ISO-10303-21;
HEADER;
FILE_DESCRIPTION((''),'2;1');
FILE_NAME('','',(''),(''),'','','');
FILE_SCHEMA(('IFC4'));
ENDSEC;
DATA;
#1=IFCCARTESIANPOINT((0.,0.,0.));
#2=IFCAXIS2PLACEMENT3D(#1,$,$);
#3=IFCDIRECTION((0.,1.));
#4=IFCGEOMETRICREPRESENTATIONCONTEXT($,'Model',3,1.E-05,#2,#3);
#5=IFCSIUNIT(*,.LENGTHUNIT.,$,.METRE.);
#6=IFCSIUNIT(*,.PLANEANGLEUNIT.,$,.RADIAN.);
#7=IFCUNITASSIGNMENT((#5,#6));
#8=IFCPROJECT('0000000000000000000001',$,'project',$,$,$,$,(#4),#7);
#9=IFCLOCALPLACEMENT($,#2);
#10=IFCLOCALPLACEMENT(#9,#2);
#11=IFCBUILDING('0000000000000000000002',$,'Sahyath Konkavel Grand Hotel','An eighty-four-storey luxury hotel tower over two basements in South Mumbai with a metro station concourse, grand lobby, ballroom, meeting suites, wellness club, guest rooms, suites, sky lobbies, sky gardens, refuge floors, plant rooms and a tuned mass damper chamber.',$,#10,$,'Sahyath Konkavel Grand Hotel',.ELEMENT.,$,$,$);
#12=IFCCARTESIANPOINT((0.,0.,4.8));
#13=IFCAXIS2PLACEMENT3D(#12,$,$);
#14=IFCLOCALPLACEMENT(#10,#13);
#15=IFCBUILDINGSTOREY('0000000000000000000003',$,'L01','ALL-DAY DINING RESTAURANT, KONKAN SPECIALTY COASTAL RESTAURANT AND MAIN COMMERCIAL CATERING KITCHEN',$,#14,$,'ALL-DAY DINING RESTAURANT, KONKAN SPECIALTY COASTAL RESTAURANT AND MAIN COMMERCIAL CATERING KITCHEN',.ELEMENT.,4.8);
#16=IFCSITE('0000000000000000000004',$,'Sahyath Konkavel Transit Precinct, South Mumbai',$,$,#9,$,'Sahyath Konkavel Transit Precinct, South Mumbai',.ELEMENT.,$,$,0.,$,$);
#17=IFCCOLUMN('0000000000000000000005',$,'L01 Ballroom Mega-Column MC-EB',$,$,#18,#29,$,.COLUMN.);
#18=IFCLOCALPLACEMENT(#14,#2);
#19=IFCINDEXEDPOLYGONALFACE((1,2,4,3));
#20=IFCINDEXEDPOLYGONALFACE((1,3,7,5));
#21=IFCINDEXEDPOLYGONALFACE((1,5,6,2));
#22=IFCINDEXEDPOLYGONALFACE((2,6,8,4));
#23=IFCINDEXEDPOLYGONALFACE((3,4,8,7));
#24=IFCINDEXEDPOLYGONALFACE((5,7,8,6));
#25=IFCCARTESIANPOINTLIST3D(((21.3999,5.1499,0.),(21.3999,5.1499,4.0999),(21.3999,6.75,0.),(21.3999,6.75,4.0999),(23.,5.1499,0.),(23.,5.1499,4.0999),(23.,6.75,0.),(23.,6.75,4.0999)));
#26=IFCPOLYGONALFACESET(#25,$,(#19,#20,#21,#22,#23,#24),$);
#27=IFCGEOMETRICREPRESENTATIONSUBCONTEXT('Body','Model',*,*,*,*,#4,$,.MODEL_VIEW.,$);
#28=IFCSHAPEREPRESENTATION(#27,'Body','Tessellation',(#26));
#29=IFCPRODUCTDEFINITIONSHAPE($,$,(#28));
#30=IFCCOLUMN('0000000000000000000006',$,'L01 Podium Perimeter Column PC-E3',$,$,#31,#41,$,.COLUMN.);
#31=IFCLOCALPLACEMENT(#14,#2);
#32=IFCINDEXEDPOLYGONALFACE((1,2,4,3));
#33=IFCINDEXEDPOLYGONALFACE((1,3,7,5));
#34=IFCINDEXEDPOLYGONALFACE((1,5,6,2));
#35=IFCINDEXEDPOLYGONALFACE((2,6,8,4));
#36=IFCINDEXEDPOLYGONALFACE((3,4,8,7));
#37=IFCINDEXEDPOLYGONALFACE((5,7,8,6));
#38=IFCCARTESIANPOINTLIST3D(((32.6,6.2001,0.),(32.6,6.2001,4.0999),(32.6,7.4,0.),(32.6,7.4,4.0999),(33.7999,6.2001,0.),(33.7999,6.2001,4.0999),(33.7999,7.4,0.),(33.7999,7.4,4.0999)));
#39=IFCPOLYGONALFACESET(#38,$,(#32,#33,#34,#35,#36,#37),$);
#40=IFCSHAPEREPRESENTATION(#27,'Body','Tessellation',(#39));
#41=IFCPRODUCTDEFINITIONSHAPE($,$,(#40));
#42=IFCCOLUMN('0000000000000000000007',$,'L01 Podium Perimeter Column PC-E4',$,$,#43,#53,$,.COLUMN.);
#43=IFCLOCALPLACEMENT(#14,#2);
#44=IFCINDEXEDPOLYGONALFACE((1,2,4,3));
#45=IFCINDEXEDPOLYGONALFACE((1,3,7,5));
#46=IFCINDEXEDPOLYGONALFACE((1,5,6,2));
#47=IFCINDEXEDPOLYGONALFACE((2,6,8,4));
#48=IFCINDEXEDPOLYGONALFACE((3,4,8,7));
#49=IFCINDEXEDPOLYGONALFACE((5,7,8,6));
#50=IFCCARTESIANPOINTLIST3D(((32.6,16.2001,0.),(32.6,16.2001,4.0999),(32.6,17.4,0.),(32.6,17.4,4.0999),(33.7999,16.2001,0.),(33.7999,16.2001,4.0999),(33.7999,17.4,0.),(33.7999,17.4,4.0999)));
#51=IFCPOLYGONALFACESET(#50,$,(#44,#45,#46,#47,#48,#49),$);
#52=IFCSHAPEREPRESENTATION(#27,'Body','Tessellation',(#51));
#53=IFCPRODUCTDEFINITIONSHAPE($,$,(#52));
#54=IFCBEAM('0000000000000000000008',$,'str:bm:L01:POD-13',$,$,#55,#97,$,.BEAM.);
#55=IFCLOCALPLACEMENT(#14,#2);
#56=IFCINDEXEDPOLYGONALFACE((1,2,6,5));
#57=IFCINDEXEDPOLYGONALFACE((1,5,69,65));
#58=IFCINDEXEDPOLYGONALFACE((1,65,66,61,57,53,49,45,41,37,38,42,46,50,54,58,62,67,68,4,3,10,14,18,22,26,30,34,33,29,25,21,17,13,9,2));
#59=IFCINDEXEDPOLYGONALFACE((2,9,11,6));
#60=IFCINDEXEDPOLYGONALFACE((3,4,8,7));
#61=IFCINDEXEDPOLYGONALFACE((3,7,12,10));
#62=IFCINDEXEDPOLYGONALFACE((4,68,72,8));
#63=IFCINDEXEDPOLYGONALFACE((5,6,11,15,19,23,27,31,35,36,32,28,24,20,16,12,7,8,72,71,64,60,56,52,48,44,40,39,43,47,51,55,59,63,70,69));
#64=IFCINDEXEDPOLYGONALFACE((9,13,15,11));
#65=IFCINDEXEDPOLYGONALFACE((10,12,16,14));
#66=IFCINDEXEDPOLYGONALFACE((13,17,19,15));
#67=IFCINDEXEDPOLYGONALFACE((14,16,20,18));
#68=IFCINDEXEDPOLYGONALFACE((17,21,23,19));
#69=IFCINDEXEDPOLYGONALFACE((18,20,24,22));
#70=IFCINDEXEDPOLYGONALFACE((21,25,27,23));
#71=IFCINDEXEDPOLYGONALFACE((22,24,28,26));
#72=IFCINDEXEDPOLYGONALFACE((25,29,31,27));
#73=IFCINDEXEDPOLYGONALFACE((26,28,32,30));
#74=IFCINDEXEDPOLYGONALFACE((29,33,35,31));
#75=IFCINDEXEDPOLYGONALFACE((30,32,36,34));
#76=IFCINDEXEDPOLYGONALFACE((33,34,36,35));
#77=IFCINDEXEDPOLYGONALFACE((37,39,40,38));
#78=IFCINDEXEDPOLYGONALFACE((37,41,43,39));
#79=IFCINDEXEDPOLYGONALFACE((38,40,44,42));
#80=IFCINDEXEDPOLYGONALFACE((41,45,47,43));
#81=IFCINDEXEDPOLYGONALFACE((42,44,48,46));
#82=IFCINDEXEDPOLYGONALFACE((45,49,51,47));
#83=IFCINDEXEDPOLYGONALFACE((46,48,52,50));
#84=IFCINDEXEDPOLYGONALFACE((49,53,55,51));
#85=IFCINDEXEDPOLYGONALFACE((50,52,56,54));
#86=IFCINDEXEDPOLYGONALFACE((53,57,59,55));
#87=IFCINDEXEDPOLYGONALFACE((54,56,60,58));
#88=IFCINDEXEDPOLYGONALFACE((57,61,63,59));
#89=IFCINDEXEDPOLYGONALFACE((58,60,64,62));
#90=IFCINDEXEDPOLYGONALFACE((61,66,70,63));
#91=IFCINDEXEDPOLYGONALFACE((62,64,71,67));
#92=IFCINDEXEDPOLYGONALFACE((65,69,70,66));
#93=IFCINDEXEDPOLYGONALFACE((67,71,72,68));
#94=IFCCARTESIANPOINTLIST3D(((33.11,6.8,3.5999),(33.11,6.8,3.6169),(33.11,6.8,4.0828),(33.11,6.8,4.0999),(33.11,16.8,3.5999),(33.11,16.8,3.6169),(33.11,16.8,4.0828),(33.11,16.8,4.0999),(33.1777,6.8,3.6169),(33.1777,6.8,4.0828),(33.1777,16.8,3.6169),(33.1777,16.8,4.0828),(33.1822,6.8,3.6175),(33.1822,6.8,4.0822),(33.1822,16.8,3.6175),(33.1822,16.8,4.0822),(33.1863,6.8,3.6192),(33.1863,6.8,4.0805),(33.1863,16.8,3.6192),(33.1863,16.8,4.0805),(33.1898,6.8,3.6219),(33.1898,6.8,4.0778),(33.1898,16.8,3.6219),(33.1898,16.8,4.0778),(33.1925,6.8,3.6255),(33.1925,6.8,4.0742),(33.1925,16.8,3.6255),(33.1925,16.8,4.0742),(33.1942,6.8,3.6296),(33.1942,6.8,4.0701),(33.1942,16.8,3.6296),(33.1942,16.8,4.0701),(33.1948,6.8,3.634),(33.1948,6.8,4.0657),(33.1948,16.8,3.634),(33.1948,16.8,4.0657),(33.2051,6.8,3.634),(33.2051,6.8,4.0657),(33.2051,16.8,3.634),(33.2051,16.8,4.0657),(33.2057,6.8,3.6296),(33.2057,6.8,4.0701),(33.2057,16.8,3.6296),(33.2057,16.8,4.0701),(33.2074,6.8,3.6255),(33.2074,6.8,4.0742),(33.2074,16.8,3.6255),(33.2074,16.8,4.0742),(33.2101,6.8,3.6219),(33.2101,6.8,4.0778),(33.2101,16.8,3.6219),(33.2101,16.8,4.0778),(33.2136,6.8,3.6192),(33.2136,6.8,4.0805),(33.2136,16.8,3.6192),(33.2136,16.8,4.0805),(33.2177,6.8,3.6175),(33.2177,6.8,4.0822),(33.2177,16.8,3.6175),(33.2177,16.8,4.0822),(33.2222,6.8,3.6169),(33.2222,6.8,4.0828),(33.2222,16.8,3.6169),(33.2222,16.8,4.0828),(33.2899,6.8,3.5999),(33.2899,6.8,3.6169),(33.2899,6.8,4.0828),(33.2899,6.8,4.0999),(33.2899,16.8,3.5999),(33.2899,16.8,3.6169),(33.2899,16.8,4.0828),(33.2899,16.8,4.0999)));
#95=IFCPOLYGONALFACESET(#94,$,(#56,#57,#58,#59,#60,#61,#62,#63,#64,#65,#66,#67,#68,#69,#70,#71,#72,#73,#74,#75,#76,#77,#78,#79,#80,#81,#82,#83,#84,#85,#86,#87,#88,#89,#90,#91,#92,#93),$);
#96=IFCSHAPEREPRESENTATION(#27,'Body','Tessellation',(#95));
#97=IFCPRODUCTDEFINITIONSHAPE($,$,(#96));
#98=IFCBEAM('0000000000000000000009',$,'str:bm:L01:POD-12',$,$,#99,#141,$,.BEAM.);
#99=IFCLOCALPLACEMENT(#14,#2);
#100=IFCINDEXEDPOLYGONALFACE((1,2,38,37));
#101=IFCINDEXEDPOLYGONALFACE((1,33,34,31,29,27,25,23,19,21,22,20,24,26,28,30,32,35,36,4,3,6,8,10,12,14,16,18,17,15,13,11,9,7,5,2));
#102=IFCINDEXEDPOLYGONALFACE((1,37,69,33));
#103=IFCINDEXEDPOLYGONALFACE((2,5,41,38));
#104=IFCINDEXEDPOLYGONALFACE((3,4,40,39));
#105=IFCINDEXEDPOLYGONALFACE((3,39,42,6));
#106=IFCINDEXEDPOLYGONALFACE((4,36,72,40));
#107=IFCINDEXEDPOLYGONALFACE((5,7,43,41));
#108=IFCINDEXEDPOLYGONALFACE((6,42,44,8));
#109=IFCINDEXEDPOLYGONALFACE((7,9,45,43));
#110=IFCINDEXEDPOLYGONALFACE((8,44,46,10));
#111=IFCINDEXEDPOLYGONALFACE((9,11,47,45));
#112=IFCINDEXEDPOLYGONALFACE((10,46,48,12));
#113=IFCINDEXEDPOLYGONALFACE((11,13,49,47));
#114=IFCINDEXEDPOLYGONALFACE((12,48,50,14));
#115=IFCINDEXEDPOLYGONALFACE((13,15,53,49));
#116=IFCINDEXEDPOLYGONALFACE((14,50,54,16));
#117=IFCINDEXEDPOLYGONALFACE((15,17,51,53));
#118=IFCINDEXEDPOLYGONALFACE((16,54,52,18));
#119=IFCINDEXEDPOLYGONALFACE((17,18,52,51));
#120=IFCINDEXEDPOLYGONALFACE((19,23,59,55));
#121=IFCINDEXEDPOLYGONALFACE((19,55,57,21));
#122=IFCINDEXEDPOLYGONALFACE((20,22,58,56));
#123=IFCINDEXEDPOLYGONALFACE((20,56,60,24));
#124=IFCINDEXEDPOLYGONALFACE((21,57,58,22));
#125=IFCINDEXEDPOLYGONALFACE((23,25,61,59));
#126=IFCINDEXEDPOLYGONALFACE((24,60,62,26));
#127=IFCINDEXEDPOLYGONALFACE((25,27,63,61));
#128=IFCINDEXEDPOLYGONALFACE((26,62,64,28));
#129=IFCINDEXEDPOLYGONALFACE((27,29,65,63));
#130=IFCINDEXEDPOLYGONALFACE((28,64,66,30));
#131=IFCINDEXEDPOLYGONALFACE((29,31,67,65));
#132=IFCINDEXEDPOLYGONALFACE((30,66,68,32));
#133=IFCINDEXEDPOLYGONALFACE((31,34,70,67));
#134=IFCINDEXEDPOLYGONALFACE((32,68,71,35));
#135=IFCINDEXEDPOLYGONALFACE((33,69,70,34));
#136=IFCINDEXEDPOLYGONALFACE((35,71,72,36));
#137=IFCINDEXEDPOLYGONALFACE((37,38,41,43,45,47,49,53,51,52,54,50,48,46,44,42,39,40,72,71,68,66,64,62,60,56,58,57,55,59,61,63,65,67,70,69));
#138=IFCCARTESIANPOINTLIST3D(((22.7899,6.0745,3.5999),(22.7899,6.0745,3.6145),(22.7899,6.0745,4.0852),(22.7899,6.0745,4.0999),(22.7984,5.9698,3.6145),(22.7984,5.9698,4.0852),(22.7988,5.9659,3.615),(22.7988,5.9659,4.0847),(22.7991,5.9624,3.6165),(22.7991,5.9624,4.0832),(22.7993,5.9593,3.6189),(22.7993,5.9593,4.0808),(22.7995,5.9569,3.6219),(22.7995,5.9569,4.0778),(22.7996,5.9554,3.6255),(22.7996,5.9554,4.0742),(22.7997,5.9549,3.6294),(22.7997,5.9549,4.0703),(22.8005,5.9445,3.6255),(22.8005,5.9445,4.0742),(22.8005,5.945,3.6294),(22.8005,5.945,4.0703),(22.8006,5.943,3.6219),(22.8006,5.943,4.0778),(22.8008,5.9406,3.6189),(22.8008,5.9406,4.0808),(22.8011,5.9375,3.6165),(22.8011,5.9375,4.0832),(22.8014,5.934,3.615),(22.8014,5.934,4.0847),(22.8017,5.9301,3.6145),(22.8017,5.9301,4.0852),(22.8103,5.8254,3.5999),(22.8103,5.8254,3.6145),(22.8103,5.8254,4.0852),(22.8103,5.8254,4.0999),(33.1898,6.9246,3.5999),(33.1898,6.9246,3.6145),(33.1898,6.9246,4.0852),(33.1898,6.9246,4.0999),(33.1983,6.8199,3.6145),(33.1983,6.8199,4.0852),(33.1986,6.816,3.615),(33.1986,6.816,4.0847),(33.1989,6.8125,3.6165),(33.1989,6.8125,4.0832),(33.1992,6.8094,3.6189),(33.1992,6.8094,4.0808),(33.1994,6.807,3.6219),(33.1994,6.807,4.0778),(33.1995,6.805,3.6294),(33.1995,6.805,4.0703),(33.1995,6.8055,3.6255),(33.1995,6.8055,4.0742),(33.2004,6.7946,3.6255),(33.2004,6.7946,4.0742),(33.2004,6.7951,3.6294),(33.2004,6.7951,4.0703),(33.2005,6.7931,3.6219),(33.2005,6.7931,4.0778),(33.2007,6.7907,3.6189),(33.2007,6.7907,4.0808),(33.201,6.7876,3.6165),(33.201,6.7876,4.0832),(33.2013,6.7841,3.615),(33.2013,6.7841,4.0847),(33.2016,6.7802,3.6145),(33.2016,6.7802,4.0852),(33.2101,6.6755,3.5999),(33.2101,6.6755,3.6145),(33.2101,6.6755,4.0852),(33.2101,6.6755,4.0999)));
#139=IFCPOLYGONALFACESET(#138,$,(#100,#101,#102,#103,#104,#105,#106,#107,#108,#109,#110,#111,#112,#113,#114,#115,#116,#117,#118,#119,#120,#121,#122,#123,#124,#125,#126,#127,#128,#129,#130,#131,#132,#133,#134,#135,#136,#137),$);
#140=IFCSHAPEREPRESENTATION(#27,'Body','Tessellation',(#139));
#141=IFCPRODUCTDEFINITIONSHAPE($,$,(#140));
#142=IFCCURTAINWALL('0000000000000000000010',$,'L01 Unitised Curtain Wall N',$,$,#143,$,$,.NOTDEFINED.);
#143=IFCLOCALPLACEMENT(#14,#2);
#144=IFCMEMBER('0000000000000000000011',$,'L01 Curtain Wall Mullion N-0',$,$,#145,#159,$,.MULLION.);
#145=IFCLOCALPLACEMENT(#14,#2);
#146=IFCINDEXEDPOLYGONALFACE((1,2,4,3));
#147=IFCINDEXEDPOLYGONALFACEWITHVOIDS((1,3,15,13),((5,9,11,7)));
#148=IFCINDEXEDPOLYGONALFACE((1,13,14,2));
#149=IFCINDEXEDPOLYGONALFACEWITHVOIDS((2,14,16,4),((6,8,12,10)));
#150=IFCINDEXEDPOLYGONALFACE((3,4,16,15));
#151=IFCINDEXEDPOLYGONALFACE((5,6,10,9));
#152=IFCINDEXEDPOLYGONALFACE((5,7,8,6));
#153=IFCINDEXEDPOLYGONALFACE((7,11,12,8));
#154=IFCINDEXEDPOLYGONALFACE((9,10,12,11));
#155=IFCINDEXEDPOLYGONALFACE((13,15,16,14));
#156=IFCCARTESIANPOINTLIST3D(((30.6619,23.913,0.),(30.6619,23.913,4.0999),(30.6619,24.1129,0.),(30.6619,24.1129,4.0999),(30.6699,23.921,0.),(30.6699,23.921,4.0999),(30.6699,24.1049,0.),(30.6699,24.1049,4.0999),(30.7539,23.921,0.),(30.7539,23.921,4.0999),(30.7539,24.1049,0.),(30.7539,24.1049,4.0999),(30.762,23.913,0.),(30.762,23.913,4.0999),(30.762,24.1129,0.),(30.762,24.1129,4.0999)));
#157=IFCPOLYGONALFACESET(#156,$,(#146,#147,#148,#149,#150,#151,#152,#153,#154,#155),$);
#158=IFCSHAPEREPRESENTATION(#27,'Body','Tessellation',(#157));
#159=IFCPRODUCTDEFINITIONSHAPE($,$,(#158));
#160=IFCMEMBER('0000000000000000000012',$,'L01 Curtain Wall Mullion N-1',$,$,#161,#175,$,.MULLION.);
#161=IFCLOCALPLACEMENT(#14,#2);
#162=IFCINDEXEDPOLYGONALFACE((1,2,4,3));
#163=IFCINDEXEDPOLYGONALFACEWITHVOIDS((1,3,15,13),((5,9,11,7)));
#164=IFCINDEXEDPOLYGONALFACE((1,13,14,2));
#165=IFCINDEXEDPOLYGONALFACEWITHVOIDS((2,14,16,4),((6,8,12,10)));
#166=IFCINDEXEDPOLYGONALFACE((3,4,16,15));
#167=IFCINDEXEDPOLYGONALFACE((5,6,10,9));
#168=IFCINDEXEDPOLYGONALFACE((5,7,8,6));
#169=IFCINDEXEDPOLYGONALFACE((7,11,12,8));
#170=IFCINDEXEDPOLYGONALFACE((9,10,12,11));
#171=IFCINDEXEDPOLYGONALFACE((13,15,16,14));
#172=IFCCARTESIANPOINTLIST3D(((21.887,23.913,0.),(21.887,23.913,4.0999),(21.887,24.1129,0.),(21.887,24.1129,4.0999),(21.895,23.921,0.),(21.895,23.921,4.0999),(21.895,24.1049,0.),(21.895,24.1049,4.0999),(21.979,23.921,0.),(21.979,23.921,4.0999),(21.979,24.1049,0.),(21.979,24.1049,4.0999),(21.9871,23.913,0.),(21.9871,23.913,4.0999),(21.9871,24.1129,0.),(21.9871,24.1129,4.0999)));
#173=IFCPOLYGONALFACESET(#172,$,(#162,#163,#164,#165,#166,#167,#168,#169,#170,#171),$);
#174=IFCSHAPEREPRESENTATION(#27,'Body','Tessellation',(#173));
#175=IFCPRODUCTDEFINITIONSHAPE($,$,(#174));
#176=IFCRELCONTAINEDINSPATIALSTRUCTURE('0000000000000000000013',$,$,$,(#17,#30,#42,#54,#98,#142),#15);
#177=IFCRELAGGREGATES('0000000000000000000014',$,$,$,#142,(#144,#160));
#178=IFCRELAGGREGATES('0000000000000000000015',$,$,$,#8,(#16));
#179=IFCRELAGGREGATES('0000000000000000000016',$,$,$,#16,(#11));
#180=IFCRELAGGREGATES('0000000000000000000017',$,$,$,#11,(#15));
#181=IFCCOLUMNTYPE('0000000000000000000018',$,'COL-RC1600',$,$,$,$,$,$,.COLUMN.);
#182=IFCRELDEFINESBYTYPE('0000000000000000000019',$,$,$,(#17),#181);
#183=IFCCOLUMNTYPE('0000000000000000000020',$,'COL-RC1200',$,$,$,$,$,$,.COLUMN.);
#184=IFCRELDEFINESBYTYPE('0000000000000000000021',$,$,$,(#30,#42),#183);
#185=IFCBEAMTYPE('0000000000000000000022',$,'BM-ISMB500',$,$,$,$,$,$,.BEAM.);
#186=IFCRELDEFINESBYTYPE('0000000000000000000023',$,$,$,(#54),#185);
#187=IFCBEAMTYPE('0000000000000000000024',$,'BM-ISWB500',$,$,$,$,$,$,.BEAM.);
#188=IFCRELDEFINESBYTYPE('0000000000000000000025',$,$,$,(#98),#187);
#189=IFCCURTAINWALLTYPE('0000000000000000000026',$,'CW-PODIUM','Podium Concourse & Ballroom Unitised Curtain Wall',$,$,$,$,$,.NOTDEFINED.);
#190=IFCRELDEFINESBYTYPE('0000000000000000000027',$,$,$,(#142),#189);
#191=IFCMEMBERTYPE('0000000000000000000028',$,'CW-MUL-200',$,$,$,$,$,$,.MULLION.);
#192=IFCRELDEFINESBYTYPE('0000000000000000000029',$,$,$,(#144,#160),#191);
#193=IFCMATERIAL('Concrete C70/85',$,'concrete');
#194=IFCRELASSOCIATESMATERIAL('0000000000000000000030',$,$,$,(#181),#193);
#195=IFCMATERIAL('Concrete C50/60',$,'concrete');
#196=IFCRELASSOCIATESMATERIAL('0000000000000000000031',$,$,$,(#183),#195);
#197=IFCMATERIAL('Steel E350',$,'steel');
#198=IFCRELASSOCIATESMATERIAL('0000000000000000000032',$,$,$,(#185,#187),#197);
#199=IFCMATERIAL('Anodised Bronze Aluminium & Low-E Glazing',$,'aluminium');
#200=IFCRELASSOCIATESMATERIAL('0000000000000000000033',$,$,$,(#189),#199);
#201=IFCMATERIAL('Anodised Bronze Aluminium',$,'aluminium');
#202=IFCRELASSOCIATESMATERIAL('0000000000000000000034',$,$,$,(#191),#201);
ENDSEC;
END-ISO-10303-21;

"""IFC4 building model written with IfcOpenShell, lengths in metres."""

from ifc_helpers import new_model, si_unit, direction, frame, origin, origin_2d, place, context, subcontext, project, spatial, rectangle, hollow_rectangle, i_section, extrude, source, transform, mapped, material, material_profile, profile_set, type_object, element, aggregate, save


model = new_model("IFC4")

# Units and contexts
model_context = context("Model", 3, precision=1e-05, world=origin(), true_north=direction((0.0, 1.0)))
body_context = subcontext(model_context, "Body", "Model", "MODEL_VIEW")
ifc_project = project(units=[si_unit("LENGTHUNIT", "METRE"), si_unit("PLANEANGLEUNIT", "RADIAN")], contexts=[model_context])

# Site, building, storey
site_placement = place(None, origin())
site = spatial("IfcSite", under=ifc_project, at=site_placement, Name="Sahyath Konkavel Transit Precinct, South Mumbai", LongName="Sahyath Konkavel Transit Precinct, South Mumbai", CompositionType="ELEMENT", RefElevation=0.0)
building_placement = place(site_placement, origin())
building = spatial("IfcBuilding", under=site, at=building_placement, Name="Sahyath Konkavel Grand Hotel", Description="An eighty-four-storey luxury hotel tower over two basements in South Mumbai with a metro station concourse, grand lobby, ballroom, meeting suites, wellness club, guest rooms, suites, sky lobbies, sky gardens, refuge floors, plant rooms and a tuned mass damper chamber.", LongName="Sahyath Konkavel Grand Hotel", CompositionType="ELEMENT")
storey_placement = place(building_placement, frame((0.0, 0.0, 4.8)))
storey = spatial("IfcBuildingStorey", under=building, at=storey_placement, Name="L01", Description="ALL-DAY DINING RESTAURANT, KONKAN SPECIALTY COASTAL RESTAURANT AND MAIN COMMERCIAL CATERING KITCHEN", LongName="ALL-DAY DINING RESTAURANT, KONKAN SPECIALTY COASTAL RESTAURANT AND MAIN COMMERCIAL CATERING KITCHEN", CompositionType="ELEMENT", Elevation=4.8)

# Columns
ifc_material_1 = material(Name="Concrete C70/85", Category="concrete")
ifc_material_profile_1 = material_profile(ifc_material_1, rectangle(XDim=1.6001, YDim=1.6001, at=origin_2d()), Name="RC 1600x1600")
ifc_profile_set_1 = profile_set([ifc_material_profile_1], Name="Concrete C70/85")
column_type_1 = type_object("IfcColumnType", Name="COL-RC1600", PredefinedType="COLUMN", material=ifc_profile_set_1)
shared_shape_1 = source(origin(), body_context, "Body", "SweptSolid", [
    extrude(rectangle(XDim=1.6001, YDim=1.6001, at=origin_2d()), origin(), (0.0, 0.0, 1.0), 4.0999),
])
column_placement = place(storey_placement, frame((22.2, 5.95, 0.0), z_axis=(0.0, 0.0, 1.0), x_axis=(1.0, 0.0, 0.0)))
element("IfcColumn", 1, at=column_placement, inside=storey, type_object=column_type_1, Name="L01 Ballroom Mega-Column MC-EB", PredefinedType="COLUMN", context=body_context, shape_type="MappedRepresentation", body=[
    mapped(shared_shape_1, transform((0.0, 0.0, 0.0), scale=1.0)),
])
ifc_material_2 = material(Name="Concrete C50/60", Category="concrete")
ifc_material_profile_2 = material_profile(ifc_material_2, rectangle(XDim=1.2, YDim=1.2, at=origin_2d()), Name="RC 1200x1200")
ifc_profile_set_2 = profile_set([ifc_material_profile_2], Name="Concrete C50/60")
column_type_2 = type_object("IfcColumnType", Name="COL-RC1200", PredefinedType="COLUMN", material=ifc_profile_set_2)
shared_shape_2 = source(origin(), body_context, "Body", "SweptSolid", [
    extrude(rectangle(XDim=1.2, YDim=1.2, at=origin_2d()), origin(), (0.0, 0.0, 1.0), 4.0999),
])
for number, where, z_axis, x_axis, name in (
    (2, (33.2, 6.8, 0.0), (0.0, 0.0, 1.0), (1.0, 0.0, 0.0), "L01 Podium Perimeter Column PC-E3"),
    (3, (33.2, 16.8, 0.0), (0.0, 0.0, 1.0), (1.0, 0.0, 0.0), "L01 Podium Perimeter Column PC-E4"),
):
    element("IfcColumn", number, at=place(storey_placement, frame(where, z_axis=z_axis, x_axis=x_axis)), inside=storey, type_object=column_type_2, Name=name, PredefinedType="COLUMN", context=body_context, shape_type="MappedRepresentation", body=[
        mapped(shared_shape_2, transform((0.0, 0.0, 0.0), scale=1.0)),
    ])

# Beams
ifc_material_3 = material(Name="Steel E350", Category="steel")
ifc_material_profile_3 = material_profile(ifc_material_3, i_section(OverallWidth=0.1799, OverallDepth=0.5, WebThickness=0.0103, FlangeThickness=0.0171, FilletRadius=0.0171, at=origin_2d()), Name="ISMB 500")
ifc_profile_set_3 = profile_set([ifc_material_profile_3], Name="Steel E350")
beam_type_1 = type_object("IfcBeamType", Name="BM-ISMB500", PredefinedType="BEAM", material=ifc_profile_set_3)
shared_shape_3 = source(origin(), body_context, "Body", "SweptSolid", [
    extrude(i_section(OverallWidth=0.1799, OverallDepth=0.5, WebThickness=0.0103, FlangeThickness=0.0171, FilletRadius=0.0171, at=origin_2d()), origin(), (0.0, 0.0, 1.0), 10.0),
])
beam_1_placement = place(storey_placement, frame((33.2, 6.8, 3.8499), z_axis=(0.0, 1.0, 0.0), x_axis=(-1.0, 0.0, 0.0)))
element("IfcBeam", 4, at=beam_1_placement, inside=storey, type_object=beam_type_1, Name="str:bm:L01:POD-13", PredefinedType="BEAM", context=body_context, shape_type="MappedRepresentation", body=[
    mapped(shared_shape_3, transform((0.0, 0.0, 0.0), scale=1.0)),
])
ifc_material_profile_4 = material_profile(ifc_material_3, i_section(OverallWidth=0.25, OverallDepth=0.5, WebThickness=0.01, FlangeThickness=0.0146, FilletRadius=0.0149, at=origin_2d()), Name="ISWB 500")
ifc_profile_set_4 = profile_set([ifc_material_profile_4], Name="Steel E350")
beam_type_2 = type_object("IfcBeamType", Name="BM-ISWB500", PredefinedType="BEAM", material=ifc_profile_set_4)
shared_shape_4 = source(origin(), body_context, "Body", "SweptSolid", [
    extrude(i_section(OverallWidth=0.25, OverallDepth=0.5, WebThickness=0.01, FlangeThickness=0.0146, FilletRadius=0.0149, at=origin_2d()), origin(), (0.0, 0.0, 1.0), 10.4346),
])
beam_2_placement = place(storey_placement, frame((33.2, 6.8, 3.8499), z_axis=(-0.996676, -0.081469, 0.0), x_axis=(0.081469, -0.996676, 0.0)))
element("IfcBeam", 5, at=beam_2_placement, inside=storey, type_object=beam_type_2, Name="str:bm:L01:POD-12", PredefinedType="BEAM", context=body_context, shape_type="MappedRepresentation", body=[
    mapped(shared_shape_4, transform((0.0, 0.0, 0.0), scale=1.0)),
])

# Curtain wall, members
ifc_material_4 = material(Name="Anodised Bronze Aluminium & Low-E Glazing", Category="aluminium")
curtain_wall_type = type_object("IfcCurtainWallType", Name="CW-PODIUM", Description="Podium Concourse & Ballroom Unitised Curtain Wall", PredefinedType="NOTDEFINED", material=ifc_material_4)
curtain_wall_placement = place(storey_placement, origin())
curtain_wall = element("IfcCurtainWall", 6, at=curtain_wall_placement, inside=storey, type_object=curtain_wall_type, Name="L01 Unitised Curtain Wall N", PredefinedType="NOTDEFINED")
ifc_material_5 = material(Name="Anodised Bronze Aluminium", Category="aluminium")
ifc_material_profile_5 = material_profile(ifc_material_5, hollow_rectangle(XDim=0.1001, YDim=0.2, WallThickness=0.0081, at=origin_2d()), Name="RHS 200x100x8")
ifc_profile_set_5 = profile_set([ifc_material_profile_5], Name="Anodised Bronze Aluminium")
member_type_1 = type_object("IfcMemberType", Name="CW-MUL-200", PredefinedType="MULLION", material=ifc_profile_set_5)
shared_shape_5 = source(origin(), body_context, "Body", "SweptSolid", [
    extrude(hollow_rectangle(XDim=0.1001, YDim=0.2, WallThickness=0.0081, at=origin_2d()), origin(), (0.0, 0.0, 1.0), 4.0999),
])
member_1_placement = place(storey_placement, frame((30.7119, 24.0129, 0.0), z_axis=(0.0, 0.0, 1.0), x_axis=(1.0, 0.0, 0.0)))
member_1 = element("IfcMember", 7, at=member_1_placement, type_object=member_type_1, Name="L01 Curtain Wall Mullion N-0", PredefinedType="MULLION", context=body_context, shape_type="MappedRepresentation", body=[
    mapped(shared_shape_5, transform((0.0, 0.0, 0.0), scale=1.0)),
])
member_2_placement = place(storey_placement, frame((21.937, 24.0129, 0.0), z_axis=(0.0, 0.0, 1.0), x_axis=(1.0, 0.0, 0.0)))
member_2 = element("IfcMember", 8, at=member_2_placement, type_object=member_type_1, Name="L01 Curtain Wall Mullion N-1", PredefinedType="MULLION", context=body_context, shape_type="MappedRepresentation", body=[
    mapped(shared_shape_5, transform((0.0, 0.0, 0.0), scale=1.0)),
])
aggregate(curtain_wall, [member_1, member_2])

save(model, "model.ifc")
